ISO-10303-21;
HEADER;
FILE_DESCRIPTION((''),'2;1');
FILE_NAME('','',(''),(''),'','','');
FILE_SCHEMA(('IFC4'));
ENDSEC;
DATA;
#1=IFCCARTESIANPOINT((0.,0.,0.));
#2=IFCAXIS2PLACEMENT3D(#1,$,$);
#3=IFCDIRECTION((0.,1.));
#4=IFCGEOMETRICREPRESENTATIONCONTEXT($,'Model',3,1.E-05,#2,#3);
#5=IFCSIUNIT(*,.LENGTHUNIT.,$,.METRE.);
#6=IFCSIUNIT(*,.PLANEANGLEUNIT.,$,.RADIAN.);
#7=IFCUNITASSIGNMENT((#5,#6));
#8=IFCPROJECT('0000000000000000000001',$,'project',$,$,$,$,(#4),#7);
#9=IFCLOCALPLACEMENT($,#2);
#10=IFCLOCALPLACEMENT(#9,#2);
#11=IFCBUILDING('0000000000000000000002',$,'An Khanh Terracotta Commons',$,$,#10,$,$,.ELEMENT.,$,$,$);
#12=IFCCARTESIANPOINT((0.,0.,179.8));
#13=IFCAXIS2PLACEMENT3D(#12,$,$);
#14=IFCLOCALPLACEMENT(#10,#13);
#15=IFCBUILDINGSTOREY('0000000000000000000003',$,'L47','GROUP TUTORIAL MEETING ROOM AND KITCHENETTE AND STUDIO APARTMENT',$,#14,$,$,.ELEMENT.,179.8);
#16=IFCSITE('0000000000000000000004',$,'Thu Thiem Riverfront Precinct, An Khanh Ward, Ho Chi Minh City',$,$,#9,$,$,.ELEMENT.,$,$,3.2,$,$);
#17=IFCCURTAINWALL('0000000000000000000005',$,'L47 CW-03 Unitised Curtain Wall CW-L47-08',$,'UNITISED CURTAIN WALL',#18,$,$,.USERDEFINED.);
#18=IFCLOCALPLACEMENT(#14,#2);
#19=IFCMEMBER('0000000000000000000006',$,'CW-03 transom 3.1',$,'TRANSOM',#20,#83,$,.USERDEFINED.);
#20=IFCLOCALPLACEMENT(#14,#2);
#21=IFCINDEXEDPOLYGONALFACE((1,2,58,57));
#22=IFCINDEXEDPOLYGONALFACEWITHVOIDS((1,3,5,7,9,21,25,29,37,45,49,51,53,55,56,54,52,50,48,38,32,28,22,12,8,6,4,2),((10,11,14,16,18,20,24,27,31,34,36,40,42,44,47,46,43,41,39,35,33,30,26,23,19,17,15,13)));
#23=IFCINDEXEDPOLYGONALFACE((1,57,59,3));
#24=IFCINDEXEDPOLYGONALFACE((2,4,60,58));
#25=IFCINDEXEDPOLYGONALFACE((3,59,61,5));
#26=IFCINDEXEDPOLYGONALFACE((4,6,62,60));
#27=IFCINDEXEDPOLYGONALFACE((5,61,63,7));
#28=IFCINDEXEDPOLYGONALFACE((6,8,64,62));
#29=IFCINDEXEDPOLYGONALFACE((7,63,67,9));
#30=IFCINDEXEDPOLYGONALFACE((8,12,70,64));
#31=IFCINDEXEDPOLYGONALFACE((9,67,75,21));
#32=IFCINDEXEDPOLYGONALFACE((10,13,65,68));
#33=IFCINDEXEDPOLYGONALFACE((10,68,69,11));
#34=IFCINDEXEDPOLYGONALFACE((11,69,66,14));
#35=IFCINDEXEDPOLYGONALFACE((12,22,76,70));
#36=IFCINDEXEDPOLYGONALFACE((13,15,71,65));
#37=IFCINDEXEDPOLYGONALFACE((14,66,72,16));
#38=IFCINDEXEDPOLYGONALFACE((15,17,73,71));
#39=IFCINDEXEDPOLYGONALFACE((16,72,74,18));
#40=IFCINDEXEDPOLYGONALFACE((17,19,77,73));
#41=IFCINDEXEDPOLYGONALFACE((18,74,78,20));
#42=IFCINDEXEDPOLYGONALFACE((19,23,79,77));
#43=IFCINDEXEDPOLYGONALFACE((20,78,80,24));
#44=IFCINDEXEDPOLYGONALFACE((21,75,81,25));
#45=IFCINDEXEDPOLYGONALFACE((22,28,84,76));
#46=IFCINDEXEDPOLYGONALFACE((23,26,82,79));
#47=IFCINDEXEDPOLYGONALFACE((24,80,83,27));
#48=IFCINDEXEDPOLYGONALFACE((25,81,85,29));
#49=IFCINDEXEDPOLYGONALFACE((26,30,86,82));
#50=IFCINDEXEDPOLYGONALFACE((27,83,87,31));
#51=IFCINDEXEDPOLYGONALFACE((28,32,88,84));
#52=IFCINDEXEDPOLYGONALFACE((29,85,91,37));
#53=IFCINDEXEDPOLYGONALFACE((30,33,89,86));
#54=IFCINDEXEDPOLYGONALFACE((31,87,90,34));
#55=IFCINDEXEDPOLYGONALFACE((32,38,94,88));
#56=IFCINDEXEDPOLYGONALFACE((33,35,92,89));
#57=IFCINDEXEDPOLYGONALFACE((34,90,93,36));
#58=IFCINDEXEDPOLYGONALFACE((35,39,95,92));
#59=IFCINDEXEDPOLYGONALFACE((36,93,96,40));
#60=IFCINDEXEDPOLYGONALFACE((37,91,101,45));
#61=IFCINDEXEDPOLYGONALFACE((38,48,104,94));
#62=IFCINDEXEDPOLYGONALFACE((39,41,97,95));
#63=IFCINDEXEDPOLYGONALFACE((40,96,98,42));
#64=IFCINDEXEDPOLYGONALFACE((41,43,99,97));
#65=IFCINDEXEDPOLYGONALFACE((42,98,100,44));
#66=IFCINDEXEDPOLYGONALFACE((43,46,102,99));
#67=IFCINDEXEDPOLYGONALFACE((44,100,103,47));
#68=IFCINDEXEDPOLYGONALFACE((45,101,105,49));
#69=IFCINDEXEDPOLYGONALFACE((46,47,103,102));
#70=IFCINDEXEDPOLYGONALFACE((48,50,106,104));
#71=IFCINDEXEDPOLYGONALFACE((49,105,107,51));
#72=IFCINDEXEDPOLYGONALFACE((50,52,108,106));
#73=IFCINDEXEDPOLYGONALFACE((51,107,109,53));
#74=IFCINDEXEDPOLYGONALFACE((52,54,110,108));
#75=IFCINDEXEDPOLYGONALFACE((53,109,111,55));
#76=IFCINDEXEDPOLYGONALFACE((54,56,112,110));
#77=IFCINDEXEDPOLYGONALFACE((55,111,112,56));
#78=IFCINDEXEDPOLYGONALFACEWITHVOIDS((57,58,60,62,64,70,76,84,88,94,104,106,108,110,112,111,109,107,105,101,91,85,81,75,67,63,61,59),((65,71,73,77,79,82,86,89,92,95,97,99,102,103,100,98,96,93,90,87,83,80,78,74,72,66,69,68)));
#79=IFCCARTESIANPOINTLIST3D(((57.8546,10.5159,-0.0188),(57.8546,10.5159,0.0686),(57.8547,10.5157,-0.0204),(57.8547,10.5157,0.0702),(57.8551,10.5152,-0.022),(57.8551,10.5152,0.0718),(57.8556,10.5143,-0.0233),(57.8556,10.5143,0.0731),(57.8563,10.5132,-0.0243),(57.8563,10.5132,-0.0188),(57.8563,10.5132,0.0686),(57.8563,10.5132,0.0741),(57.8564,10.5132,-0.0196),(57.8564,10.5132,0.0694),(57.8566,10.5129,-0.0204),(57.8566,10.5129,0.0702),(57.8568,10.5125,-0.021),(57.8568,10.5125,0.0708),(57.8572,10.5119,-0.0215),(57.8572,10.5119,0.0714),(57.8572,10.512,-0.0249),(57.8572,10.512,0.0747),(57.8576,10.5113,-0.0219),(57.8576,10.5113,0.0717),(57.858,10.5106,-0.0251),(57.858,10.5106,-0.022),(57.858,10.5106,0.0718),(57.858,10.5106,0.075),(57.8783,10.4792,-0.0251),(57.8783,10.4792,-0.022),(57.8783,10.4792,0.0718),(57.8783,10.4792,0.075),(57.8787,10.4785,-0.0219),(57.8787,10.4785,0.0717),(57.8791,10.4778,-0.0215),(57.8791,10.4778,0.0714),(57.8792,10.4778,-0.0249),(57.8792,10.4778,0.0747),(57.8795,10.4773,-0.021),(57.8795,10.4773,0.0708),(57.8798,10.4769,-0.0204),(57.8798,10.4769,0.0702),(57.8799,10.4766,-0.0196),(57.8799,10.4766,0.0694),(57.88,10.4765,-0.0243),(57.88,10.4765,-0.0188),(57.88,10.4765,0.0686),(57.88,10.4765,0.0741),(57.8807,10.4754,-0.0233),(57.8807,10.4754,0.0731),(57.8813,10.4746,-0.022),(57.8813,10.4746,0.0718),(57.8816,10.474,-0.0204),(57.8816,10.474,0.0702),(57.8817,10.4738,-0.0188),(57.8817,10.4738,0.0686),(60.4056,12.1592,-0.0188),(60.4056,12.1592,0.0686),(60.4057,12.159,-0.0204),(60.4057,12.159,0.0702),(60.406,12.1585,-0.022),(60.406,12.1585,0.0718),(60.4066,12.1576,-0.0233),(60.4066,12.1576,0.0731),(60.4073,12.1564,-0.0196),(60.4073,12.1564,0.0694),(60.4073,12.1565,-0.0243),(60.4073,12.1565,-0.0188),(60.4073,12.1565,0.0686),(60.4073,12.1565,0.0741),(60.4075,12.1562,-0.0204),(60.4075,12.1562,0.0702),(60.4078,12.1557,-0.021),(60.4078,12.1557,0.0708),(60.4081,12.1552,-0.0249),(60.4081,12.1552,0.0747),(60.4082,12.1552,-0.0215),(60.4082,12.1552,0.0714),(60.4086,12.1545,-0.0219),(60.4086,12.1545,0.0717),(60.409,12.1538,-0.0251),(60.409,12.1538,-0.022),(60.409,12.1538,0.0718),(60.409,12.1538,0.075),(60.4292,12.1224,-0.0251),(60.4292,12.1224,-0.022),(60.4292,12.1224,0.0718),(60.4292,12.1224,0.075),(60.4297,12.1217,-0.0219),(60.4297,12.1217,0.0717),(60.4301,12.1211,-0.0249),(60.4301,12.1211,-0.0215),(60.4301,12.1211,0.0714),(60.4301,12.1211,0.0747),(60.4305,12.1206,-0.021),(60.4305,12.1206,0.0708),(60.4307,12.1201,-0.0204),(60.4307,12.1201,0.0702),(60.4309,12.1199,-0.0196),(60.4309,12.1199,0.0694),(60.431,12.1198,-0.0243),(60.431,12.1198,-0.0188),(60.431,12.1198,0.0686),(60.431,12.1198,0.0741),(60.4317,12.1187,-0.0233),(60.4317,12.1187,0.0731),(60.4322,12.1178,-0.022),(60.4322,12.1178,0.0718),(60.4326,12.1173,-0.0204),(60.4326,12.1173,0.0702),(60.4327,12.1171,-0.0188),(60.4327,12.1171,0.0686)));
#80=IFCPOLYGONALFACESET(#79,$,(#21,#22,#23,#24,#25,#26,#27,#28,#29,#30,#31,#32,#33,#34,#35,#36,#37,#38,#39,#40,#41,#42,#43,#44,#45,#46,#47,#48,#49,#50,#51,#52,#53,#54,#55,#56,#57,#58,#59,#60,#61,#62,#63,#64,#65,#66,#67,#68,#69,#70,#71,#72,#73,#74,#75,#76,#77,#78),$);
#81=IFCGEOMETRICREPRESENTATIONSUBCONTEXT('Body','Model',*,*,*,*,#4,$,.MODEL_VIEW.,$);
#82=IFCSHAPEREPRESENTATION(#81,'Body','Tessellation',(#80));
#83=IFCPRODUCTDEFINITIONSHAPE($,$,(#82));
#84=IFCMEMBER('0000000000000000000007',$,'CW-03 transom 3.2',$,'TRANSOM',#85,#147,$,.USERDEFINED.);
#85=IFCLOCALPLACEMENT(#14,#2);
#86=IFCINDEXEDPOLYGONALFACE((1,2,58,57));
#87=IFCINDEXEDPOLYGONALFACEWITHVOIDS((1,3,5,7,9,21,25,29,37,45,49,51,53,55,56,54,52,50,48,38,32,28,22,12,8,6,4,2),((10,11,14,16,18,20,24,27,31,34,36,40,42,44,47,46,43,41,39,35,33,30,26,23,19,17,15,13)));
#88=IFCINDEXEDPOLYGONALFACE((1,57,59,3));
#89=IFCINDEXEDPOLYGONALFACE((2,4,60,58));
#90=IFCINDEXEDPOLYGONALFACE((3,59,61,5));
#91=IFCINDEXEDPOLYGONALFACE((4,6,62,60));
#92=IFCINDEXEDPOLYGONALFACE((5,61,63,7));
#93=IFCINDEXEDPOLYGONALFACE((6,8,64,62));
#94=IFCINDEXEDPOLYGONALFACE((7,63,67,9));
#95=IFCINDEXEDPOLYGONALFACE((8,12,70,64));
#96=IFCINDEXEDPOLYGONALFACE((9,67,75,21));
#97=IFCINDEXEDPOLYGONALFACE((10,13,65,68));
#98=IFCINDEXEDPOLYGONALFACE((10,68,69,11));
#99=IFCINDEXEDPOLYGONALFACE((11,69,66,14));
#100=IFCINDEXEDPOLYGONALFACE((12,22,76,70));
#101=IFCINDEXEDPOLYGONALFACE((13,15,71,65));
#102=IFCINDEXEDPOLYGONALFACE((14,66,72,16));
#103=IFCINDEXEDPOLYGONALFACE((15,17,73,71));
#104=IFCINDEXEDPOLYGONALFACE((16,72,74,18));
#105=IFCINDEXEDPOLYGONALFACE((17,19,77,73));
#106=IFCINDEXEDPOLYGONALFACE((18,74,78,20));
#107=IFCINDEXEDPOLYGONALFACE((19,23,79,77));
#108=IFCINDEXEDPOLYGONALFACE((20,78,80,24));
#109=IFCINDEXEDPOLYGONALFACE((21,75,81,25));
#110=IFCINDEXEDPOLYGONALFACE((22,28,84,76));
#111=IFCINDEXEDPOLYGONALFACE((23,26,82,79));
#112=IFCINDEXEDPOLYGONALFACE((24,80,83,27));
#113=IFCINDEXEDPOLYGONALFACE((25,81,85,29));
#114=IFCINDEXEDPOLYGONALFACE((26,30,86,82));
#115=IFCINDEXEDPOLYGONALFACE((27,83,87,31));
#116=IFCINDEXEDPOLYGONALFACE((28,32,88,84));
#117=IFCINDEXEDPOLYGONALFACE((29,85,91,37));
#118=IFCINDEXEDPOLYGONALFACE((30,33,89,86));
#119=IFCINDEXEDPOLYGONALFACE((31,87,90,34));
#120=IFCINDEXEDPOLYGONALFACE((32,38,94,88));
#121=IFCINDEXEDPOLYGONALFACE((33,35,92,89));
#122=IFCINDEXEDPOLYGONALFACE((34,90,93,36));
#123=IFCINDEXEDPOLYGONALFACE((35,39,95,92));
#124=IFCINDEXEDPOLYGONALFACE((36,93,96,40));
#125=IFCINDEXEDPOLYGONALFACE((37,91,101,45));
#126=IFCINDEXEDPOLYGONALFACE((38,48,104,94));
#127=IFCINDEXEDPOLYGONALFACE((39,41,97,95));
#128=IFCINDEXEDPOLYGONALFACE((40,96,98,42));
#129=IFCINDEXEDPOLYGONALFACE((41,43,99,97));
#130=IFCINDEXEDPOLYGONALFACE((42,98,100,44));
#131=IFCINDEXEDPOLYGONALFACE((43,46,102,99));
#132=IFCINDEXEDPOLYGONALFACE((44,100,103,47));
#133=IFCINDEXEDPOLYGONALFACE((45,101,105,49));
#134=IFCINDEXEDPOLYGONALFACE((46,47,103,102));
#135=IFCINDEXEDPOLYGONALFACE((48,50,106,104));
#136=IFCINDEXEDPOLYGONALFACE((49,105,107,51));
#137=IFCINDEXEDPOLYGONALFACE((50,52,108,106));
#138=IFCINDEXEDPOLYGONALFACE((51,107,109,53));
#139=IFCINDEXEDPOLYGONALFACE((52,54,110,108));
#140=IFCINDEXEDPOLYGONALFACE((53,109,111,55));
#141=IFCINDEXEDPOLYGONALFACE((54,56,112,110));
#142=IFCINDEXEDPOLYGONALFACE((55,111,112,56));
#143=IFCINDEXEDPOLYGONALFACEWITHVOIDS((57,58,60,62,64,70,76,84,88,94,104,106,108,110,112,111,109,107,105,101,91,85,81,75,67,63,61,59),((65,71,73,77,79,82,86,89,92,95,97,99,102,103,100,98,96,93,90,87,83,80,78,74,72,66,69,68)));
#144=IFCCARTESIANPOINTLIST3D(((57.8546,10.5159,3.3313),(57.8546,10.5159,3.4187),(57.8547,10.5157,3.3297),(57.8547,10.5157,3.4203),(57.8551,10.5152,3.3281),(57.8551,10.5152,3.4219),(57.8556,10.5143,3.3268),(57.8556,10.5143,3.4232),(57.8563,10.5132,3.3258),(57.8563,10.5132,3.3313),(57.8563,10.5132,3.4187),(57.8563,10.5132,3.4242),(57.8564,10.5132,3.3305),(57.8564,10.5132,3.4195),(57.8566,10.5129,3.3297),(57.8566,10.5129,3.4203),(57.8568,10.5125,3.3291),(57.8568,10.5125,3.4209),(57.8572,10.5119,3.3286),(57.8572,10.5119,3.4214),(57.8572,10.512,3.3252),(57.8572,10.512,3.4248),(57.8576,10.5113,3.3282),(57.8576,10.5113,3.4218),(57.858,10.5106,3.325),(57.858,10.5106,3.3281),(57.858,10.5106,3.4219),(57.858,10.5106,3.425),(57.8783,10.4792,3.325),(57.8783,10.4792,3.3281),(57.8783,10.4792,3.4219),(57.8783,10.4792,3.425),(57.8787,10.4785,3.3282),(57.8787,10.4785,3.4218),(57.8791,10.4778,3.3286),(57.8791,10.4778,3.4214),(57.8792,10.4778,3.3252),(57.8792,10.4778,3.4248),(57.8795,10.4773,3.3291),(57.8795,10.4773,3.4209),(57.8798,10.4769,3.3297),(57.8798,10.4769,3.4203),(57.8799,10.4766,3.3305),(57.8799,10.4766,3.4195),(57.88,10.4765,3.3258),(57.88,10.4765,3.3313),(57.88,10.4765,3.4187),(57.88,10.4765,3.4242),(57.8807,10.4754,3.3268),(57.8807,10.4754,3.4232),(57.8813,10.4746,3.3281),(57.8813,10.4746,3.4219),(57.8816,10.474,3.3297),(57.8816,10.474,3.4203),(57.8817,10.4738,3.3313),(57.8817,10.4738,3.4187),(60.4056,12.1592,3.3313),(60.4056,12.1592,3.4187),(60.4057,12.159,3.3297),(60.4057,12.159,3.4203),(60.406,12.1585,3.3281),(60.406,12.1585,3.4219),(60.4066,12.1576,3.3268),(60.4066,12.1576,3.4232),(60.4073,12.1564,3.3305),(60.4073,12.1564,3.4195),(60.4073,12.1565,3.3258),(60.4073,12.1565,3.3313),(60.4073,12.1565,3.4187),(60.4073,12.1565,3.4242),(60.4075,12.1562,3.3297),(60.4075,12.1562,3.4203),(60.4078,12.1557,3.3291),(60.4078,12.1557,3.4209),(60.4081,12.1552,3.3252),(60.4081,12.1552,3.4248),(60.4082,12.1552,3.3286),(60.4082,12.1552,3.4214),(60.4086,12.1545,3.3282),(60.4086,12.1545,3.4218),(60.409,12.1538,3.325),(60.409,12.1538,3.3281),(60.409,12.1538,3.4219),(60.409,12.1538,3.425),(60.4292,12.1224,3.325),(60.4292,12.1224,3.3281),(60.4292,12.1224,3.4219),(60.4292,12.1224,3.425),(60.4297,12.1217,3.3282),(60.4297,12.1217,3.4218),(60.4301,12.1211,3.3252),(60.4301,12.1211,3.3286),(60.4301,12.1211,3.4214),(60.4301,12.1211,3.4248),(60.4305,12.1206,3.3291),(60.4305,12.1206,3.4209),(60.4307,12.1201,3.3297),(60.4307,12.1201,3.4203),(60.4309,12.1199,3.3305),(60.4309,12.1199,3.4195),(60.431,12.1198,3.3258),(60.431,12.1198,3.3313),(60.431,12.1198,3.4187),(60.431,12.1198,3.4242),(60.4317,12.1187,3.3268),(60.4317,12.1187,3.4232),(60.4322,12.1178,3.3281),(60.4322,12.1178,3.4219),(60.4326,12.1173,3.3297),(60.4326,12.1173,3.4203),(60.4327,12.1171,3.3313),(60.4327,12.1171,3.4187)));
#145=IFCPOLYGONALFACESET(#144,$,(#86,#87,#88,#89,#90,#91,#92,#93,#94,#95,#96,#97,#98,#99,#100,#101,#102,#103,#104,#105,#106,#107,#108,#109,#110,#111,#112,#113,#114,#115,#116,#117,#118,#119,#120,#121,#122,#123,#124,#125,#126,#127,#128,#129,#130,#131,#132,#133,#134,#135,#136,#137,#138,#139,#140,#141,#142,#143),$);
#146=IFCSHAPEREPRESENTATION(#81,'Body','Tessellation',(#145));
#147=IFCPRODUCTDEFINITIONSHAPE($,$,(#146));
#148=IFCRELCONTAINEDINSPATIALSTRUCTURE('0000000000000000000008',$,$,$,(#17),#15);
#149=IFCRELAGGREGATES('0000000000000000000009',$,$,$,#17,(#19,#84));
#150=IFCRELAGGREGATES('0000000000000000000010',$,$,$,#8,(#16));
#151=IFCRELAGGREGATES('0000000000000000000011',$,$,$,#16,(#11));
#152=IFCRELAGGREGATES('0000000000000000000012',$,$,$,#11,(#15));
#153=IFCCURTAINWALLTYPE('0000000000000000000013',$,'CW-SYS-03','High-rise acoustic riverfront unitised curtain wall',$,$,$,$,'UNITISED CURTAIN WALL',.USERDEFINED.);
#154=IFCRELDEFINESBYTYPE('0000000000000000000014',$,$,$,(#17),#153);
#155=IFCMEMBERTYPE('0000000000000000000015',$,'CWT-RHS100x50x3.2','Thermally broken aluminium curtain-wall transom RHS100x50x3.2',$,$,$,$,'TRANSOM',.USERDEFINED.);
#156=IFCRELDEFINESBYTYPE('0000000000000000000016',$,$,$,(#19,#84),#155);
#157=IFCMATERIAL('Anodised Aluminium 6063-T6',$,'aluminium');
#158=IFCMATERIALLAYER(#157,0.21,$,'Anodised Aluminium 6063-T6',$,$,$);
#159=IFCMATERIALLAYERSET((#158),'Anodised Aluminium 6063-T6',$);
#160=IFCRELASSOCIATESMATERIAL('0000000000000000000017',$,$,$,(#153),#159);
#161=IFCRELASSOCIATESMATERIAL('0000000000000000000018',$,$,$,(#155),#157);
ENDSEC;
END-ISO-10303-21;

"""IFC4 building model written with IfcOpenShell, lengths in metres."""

from ifc_helpers import new_model, si_unit, direction, frame, origin, origin_2d, place, context, subcontext, project, spatial, hollow_rectangle, extrude, material, layer, layer_set, material_profile, profile_set, type_object, element, aggregate, save


model = new_model("IFC4")

# Units and contexts
model_context = context("Model", 3, precision=1e-05, world=origin(), true_north=direction((0.0, 1.0)))
body_context = subcontext(model_context, "Body", "Model", "MODEL_VIEW")
ifc_project = project(units=[si_unit("LENGTHUNIT", "METRE"), si_unit("PLANEANGLEUNIT", "RADIAN")], contexts=[model_context])

# Site, building, storey
site_placement = place(None, origin())
site = spatial("IfcSite", under=ifc_project, at=site_placement, Name="Thu Thiem Riverfront Precinct, An Khanh Ward, Ho Chi Minh City", CompositionType="ELEMENT", RefElevation=3.2)
building_placement = place(site_placement, origin())
building = spatial("IfcBuilding", under=site, at=building_placement, Name="An Khanh Terracotta Commons", CompositionType="ELEMENT")
storey_placement = place(building_placement, frame((0.0, 0.0, 179.8)))
storey = spatial("IfcBuildingStorey", under=building, at=storey_placement, Name="L47", Description="GROUP TUTORIAL MEETING ROOM AND KITCHENETTE AND STUDIO APARTMENT", CompositionType="ELEMENT", Elevation=179.8)

# Curtain wall
ifc_material_1 = material(Name="Anodised Aluminium 6063-T6", Category="aluminium")
ifc_layer_1 = layer(ifc_material_1, 0.21, Name="Anodised Aluminium 6063-T6")
ifc_layer_set_1 = layer_set([ifc_layer_1], Name="Anodised Aluminium 6063-T6")
curtain_wall_type = type_object("IfcCurtainWallType", Name="CW-SYS-03", Description="High-rise acoustic riverfront unitised curtain wall", ElementType="UNITISED CURTAIN WALL", PredefinedType="USERDEFINED", material=ifc_layer_set_1)
curtain_wall_1_placement = place(storey_placement, origin())
curtain_wall_1 = element("IfcCurtainWall", 1, at=curtain_wall_1_placement, inside=storey, type_object=curtain_wall_type, Name="L47 CW-03 Unitised Curtain Wall CW-L47-08", ObjectType="UNITISED CURTAIN WALL", PredefinedType="USERDEFINED")

# Members
ifc_material_profile_1 = material_profile(ifc_material_1, hollow_rectangle(XDim=0.05, YDim=0.1001, WallThickness=0.0032, InnerFilletRadius=0.0032, OuterFilletRadius=0.0063, at=origin_2d()), Name="RHS100x50x3.2")
ifc_profile_set_1 = profile_set([ifc_material_profile_1], Name="Anodised Aluminium 6063-T6")
member_type_1 = type_object("IfcMemberType", Name="CWT-RHS100x50x3.2", Description="Thermally broken aluminium curtain-wall transom RHS100x50x3.2", ElementType="TRANSOM", PredefinedType="USERDEFINED", material=ifc_profile_set_1)
member_1_placement = place(storey_placement, frame((57.8682, 10.4949, 0.0249), z_axis=(0.840674, 0.541542, 0.0), x_axis=(-0.541542, 0.840674, 0.0)))
member_1 = element("IfcMember", 2, at=member_1_placement, type_object=member_type_1, Name="CW-03 transom 3.1", ObjectType="TRANSOM", PredefinedType="USERDEFINED", context=body_context, shape_type="SweptSolid", body=[
    extrude(hollow_rectangle(XDim=0.05, YDim=0.1001, WallThickness=0.0032, InnerFilletRadius=0.0032, OuterFilletRadius=0.0063, at=origin_2d()), origin(), (0.0, 0.0, 1.0), 3.0344),
])
member_2_placement = place(storey_placement, frame((57.8682, 10.4949, 3.375), z_axis=(0.840674, 0.541542, 0.0), x_axis=(-0.541542, 0.840674, 0.0)))
member_2 = element("IfcMember", 3, at=member_2_placement, type_object=member_type_1, Name="CW-03 transom 3.2", ObjectType="TRANSOM", PredefinedType="USERDEFINED", context=body_context, shape_type="SweptSolid", body=[
    extrude(hollow_rectangle(XDim=0.05, YDim=0.1001, WallThickness=0.0032, InnerFilletRadius=0.0032, OuterFilletRadius=0.0063, at=origin_2d()), origin(), (0.0, 0.0, 1.0), 3.0344),
])

aggregate(curtain_wall_1, [member_1, member_2])

save(model, "model.ifc")
